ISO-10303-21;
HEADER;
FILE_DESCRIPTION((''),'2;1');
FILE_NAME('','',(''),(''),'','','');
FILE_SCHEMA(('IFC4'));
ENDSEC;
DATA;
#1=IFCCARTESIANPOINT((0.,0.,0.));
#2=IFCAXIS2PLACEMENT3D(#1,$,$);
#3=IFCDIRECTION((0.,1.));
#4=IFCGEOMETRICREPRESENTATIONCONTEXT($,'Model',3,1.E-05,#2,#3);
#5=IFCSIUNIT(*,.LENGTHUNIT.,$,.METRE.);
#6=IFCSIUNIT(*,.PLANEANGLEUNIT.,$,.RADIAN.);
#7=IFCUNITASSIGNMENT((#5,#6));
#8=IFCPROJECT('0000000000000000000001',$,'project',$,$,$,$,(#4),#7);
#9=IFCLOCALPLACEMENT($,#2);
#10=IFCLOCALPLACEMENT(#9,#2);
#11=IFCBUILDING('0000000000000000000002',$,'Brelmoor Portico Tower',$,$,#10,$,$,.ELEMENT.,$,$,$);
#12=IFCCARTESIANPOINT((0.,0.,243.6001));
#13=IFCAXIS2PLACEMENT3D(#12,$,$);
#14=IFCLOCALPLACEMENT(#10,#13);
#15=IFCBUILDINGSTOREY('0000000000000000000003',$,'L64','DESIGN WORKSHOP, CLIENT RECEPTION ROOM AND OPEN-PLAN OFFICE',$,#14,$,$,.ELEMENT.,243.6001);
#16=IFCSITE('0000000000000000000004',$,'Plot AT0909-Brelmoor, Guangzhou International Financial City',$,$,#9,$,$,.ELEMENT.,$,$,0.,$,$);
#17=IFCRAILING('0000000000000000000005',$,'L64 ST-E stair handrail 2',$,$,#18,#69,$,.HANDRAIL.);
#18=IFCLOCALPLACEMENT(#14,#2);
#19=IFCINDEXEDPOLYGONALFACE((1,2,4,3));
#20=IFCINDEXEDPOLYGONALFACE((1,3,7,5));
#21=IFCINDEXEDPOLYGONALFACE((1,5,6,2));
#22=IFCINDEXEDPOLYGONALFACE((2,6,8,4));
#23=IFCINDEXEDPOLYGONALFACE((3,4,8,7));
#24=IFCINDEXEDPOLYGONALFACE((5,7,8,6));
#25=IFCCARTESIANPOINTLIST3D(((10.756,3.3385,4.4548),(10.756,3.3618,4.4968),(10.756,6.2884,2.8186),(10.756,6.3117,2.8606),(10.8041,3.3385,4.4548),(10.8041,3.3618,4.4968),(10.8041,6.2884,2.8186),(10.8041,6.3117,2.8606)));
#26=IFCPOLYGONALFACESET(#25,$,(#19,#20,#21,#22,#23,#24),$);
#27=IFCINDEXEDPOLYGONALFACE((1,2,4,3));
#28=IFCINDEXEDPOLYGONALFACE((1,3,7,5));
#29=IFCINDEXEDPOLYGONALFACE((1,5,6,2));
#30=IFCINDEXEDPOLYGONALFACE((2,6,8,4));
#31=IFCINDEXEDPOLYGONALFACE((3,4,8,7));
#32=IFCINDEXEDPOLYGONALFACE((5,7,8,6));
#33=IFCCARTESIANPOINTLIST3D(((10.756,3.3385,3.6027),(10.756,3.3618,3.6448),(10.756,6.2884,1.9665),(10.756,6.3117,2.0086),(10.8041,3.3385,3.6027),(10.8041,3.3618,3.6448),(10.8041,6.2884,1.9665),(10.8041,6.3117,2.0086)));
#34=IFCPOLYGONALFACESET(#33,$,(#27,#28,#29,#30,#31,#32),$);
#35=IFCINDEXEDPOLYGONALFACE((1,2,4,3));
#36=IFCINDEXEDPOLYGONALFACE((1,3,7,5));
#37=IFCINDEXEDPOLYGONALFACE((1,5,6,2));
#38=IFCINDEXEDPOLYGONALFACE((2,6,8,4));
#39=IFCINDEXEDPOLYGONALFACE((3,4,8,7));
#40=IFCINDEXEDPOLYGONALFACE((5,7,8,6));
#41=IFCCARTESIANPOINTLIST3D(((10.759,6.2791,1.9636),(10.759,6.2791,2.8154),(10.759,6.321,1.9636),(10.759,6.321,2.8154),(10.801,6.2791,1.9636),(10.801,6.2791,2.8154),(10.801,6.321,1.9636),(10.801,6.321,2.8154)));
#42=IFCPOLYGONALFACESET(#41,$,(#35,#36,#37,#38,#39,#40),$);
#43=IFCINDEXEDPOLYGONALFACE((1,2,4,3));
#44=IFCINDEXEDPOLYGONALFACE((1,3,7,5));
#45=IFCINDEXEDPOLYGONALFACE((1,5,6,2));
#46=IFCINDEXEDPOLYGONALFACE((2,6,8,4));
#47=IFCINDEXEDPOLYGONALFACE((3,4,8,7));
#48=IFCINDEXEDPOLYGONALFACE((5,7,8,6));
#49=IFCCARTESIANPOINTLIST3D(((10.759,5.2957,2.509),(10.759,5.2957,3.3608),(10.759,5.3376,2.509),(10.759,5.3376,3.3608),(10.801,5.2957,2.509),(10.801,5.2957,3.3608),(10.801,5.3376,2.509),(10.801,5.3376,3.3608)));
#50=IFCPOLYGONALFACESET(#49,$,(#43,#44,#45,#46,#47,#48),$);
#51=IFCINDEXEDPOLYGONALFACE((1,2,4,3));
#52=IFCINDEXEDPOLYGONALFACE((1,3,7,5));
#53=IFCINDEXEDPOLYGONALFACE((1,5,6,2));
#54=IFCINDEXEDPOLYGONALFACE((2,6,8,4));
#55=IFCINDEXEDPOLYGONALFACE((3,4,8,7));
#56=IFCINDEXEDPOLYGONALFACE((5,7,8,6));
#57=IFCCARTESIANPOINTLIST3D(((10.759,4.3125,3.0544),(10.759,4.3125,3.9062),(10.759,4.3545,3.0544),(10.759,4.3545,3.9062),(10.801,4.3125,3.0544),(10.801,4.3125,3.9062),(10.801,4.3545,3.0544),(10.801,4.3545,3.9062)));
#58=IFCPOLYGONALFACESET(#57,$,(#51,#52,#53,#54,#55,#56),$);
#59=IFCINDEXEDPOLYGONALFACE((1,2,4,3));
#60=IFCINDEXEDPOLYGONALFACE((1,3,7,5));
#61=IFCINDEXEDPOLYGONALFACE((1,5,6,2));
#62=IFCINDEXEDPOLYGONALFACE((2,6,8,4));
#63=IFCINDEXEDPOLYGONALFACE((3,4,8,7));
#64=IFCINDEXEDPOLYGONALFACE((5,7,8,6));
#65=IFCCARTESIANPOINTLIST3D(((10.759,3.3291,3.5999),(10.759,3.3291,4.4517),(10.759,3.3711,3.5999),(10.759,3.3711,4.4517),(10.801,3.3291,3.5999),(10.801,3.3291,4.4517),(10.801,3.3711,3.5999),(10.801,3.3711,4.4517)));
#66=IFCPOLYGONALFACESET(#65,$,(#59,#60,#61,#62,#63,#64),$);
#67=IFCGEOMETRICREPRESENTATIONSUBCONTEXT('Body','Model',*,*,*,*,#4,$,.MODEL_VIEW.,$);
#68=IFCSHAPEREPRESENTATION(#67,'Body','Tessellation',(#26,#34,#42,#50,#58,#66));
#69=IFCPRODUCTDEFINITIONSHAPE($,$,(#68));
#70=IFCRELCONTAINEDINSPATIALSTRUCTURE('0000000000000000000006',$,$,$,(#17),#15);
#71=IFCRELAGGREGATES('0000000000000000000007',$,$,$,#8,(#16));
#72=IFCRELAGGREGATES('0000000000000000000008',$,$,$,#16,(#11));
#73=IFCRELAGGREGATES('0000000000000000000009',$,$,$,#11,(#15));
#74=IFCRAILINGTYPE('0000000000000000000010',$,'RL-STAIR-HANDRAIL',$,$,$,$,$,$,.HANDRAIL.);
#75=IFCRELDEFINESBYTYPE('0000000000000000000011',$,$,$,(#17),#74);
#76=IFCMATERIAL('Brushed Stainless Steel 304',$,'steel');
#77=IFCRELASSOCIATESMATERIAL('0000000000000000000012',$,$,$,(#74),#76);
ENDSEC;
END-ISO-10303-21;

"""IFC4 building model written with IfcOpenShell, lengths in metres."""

from ifc_helpers import new_model, si_unit, direction, frame, origin, origin_2d, place, context, subcontext, project, spatial, rectangle, extrude, material, type_object, element, save


model = new_model("IFC4")

# Units and contexts
model_context = context("Model", 3, precision=1e-05, world=origin(), true_north=direction((0.0, 1.0)))
body_context = subcontext(model_context, "Body", "Model", "MODEL_VIEW")
ifc_project = project(units=[si_unit("LENGTHUNIT", "METRE"), si_unit("PLANEANGLEUNIT", "RADIAN")], contexts=[model_context])

# Site, building, storey
site_placement = place(None, origin())
site = spatial("IfcSite", under=ifc_project, at=site_placement, Name="Plot AT0909-Brelmoor, Guangzhou International Financial City", CompositionType="ELEMENT", RefElevation=0.0)
building_placement = place(site_placement, origin())
building = spatial("IfcBuilding", under=site, at=building_placement, Name="Brelmoor Portico Tower", CompositionType="ELEMENT")
storey_placement = place(building_placement, frame((0.0, 0.0, 243.6001)))
storey = spatial("IfcBuildingStorey", under=building, at=storey_placement, Name="L64", Description="DESIGN WORKSHOP, CLIENT RECEPTION ROOM AND OPEN-PLAN OFFICE", CompositionType="ELEMENT", Elevation=243.6001)

# Railing
ifc_material_1 = material(Name="Brushed Stainless Steel 304", Category="steel")
railing_type = type_object("IfcRailingType", Name="RL-STAIR-HANDRAIL", PredefinedType="HANDRAIL", material=ifc_material_1)
railing_placement = place(storey_placement, frame((10.78, 6.3, 1.9636)))
element("IfcRailing", 1, at=railing_placement, inside=storey, type_object=railing_type, Name="L64 ST-E stair handrail 2", PredefinedType="HANDRAIL", context=body_context, shape_type="SweptSolid", body=[
    extrude(rectangle(XDim=0.0481, YDim=0.0481, at=origin_2d()), frame((0.0, 0.0, 0.876), z_axis=(0.0, -0.874488, 0.485047), x_axis=(1.0, 0.0, 0.0)), (0.0, 0.0, 1.0), 3.3733),
    extrude(rectangle(XDim=0.0481, YDim=0.0481, at=origin_2d()), frame((0.0, 0.0, 0.0239), z_axis=(0.0, -0.874488, 0.485047), x_axis=(1.0, 0.0, 0.0)), (0.0, 0.0, 1.0), 3.3733),
    extrude(rectangle(XDim=0.042, YDim=0.042, at=origin_2d()), origin(), (0.0, 0.0, 1.0), 0.8518),
    extrude(rectangle(XDim=0.042, YDim=0.042, at=origin_2d()), frame((0.0, -0.9834, 0.5454)), (0.0, 0.0, 1.0), 0.8518),
    extrude(rectangle(XDim=0.042, YDim=0.042, at=origin_2d()), frame((0.0, -1.9666, 1.0908)), (0.0, 0.0, 1.0), 0.8518),
    extrude(rectangle(XDim=0.042, YDim=0.042, at=origin_2d()), frame((0.0, -2.95, 1.6362)), (0.0, 0.0, 1.0), 0.8518),
])

save(model, "model.ifc")
